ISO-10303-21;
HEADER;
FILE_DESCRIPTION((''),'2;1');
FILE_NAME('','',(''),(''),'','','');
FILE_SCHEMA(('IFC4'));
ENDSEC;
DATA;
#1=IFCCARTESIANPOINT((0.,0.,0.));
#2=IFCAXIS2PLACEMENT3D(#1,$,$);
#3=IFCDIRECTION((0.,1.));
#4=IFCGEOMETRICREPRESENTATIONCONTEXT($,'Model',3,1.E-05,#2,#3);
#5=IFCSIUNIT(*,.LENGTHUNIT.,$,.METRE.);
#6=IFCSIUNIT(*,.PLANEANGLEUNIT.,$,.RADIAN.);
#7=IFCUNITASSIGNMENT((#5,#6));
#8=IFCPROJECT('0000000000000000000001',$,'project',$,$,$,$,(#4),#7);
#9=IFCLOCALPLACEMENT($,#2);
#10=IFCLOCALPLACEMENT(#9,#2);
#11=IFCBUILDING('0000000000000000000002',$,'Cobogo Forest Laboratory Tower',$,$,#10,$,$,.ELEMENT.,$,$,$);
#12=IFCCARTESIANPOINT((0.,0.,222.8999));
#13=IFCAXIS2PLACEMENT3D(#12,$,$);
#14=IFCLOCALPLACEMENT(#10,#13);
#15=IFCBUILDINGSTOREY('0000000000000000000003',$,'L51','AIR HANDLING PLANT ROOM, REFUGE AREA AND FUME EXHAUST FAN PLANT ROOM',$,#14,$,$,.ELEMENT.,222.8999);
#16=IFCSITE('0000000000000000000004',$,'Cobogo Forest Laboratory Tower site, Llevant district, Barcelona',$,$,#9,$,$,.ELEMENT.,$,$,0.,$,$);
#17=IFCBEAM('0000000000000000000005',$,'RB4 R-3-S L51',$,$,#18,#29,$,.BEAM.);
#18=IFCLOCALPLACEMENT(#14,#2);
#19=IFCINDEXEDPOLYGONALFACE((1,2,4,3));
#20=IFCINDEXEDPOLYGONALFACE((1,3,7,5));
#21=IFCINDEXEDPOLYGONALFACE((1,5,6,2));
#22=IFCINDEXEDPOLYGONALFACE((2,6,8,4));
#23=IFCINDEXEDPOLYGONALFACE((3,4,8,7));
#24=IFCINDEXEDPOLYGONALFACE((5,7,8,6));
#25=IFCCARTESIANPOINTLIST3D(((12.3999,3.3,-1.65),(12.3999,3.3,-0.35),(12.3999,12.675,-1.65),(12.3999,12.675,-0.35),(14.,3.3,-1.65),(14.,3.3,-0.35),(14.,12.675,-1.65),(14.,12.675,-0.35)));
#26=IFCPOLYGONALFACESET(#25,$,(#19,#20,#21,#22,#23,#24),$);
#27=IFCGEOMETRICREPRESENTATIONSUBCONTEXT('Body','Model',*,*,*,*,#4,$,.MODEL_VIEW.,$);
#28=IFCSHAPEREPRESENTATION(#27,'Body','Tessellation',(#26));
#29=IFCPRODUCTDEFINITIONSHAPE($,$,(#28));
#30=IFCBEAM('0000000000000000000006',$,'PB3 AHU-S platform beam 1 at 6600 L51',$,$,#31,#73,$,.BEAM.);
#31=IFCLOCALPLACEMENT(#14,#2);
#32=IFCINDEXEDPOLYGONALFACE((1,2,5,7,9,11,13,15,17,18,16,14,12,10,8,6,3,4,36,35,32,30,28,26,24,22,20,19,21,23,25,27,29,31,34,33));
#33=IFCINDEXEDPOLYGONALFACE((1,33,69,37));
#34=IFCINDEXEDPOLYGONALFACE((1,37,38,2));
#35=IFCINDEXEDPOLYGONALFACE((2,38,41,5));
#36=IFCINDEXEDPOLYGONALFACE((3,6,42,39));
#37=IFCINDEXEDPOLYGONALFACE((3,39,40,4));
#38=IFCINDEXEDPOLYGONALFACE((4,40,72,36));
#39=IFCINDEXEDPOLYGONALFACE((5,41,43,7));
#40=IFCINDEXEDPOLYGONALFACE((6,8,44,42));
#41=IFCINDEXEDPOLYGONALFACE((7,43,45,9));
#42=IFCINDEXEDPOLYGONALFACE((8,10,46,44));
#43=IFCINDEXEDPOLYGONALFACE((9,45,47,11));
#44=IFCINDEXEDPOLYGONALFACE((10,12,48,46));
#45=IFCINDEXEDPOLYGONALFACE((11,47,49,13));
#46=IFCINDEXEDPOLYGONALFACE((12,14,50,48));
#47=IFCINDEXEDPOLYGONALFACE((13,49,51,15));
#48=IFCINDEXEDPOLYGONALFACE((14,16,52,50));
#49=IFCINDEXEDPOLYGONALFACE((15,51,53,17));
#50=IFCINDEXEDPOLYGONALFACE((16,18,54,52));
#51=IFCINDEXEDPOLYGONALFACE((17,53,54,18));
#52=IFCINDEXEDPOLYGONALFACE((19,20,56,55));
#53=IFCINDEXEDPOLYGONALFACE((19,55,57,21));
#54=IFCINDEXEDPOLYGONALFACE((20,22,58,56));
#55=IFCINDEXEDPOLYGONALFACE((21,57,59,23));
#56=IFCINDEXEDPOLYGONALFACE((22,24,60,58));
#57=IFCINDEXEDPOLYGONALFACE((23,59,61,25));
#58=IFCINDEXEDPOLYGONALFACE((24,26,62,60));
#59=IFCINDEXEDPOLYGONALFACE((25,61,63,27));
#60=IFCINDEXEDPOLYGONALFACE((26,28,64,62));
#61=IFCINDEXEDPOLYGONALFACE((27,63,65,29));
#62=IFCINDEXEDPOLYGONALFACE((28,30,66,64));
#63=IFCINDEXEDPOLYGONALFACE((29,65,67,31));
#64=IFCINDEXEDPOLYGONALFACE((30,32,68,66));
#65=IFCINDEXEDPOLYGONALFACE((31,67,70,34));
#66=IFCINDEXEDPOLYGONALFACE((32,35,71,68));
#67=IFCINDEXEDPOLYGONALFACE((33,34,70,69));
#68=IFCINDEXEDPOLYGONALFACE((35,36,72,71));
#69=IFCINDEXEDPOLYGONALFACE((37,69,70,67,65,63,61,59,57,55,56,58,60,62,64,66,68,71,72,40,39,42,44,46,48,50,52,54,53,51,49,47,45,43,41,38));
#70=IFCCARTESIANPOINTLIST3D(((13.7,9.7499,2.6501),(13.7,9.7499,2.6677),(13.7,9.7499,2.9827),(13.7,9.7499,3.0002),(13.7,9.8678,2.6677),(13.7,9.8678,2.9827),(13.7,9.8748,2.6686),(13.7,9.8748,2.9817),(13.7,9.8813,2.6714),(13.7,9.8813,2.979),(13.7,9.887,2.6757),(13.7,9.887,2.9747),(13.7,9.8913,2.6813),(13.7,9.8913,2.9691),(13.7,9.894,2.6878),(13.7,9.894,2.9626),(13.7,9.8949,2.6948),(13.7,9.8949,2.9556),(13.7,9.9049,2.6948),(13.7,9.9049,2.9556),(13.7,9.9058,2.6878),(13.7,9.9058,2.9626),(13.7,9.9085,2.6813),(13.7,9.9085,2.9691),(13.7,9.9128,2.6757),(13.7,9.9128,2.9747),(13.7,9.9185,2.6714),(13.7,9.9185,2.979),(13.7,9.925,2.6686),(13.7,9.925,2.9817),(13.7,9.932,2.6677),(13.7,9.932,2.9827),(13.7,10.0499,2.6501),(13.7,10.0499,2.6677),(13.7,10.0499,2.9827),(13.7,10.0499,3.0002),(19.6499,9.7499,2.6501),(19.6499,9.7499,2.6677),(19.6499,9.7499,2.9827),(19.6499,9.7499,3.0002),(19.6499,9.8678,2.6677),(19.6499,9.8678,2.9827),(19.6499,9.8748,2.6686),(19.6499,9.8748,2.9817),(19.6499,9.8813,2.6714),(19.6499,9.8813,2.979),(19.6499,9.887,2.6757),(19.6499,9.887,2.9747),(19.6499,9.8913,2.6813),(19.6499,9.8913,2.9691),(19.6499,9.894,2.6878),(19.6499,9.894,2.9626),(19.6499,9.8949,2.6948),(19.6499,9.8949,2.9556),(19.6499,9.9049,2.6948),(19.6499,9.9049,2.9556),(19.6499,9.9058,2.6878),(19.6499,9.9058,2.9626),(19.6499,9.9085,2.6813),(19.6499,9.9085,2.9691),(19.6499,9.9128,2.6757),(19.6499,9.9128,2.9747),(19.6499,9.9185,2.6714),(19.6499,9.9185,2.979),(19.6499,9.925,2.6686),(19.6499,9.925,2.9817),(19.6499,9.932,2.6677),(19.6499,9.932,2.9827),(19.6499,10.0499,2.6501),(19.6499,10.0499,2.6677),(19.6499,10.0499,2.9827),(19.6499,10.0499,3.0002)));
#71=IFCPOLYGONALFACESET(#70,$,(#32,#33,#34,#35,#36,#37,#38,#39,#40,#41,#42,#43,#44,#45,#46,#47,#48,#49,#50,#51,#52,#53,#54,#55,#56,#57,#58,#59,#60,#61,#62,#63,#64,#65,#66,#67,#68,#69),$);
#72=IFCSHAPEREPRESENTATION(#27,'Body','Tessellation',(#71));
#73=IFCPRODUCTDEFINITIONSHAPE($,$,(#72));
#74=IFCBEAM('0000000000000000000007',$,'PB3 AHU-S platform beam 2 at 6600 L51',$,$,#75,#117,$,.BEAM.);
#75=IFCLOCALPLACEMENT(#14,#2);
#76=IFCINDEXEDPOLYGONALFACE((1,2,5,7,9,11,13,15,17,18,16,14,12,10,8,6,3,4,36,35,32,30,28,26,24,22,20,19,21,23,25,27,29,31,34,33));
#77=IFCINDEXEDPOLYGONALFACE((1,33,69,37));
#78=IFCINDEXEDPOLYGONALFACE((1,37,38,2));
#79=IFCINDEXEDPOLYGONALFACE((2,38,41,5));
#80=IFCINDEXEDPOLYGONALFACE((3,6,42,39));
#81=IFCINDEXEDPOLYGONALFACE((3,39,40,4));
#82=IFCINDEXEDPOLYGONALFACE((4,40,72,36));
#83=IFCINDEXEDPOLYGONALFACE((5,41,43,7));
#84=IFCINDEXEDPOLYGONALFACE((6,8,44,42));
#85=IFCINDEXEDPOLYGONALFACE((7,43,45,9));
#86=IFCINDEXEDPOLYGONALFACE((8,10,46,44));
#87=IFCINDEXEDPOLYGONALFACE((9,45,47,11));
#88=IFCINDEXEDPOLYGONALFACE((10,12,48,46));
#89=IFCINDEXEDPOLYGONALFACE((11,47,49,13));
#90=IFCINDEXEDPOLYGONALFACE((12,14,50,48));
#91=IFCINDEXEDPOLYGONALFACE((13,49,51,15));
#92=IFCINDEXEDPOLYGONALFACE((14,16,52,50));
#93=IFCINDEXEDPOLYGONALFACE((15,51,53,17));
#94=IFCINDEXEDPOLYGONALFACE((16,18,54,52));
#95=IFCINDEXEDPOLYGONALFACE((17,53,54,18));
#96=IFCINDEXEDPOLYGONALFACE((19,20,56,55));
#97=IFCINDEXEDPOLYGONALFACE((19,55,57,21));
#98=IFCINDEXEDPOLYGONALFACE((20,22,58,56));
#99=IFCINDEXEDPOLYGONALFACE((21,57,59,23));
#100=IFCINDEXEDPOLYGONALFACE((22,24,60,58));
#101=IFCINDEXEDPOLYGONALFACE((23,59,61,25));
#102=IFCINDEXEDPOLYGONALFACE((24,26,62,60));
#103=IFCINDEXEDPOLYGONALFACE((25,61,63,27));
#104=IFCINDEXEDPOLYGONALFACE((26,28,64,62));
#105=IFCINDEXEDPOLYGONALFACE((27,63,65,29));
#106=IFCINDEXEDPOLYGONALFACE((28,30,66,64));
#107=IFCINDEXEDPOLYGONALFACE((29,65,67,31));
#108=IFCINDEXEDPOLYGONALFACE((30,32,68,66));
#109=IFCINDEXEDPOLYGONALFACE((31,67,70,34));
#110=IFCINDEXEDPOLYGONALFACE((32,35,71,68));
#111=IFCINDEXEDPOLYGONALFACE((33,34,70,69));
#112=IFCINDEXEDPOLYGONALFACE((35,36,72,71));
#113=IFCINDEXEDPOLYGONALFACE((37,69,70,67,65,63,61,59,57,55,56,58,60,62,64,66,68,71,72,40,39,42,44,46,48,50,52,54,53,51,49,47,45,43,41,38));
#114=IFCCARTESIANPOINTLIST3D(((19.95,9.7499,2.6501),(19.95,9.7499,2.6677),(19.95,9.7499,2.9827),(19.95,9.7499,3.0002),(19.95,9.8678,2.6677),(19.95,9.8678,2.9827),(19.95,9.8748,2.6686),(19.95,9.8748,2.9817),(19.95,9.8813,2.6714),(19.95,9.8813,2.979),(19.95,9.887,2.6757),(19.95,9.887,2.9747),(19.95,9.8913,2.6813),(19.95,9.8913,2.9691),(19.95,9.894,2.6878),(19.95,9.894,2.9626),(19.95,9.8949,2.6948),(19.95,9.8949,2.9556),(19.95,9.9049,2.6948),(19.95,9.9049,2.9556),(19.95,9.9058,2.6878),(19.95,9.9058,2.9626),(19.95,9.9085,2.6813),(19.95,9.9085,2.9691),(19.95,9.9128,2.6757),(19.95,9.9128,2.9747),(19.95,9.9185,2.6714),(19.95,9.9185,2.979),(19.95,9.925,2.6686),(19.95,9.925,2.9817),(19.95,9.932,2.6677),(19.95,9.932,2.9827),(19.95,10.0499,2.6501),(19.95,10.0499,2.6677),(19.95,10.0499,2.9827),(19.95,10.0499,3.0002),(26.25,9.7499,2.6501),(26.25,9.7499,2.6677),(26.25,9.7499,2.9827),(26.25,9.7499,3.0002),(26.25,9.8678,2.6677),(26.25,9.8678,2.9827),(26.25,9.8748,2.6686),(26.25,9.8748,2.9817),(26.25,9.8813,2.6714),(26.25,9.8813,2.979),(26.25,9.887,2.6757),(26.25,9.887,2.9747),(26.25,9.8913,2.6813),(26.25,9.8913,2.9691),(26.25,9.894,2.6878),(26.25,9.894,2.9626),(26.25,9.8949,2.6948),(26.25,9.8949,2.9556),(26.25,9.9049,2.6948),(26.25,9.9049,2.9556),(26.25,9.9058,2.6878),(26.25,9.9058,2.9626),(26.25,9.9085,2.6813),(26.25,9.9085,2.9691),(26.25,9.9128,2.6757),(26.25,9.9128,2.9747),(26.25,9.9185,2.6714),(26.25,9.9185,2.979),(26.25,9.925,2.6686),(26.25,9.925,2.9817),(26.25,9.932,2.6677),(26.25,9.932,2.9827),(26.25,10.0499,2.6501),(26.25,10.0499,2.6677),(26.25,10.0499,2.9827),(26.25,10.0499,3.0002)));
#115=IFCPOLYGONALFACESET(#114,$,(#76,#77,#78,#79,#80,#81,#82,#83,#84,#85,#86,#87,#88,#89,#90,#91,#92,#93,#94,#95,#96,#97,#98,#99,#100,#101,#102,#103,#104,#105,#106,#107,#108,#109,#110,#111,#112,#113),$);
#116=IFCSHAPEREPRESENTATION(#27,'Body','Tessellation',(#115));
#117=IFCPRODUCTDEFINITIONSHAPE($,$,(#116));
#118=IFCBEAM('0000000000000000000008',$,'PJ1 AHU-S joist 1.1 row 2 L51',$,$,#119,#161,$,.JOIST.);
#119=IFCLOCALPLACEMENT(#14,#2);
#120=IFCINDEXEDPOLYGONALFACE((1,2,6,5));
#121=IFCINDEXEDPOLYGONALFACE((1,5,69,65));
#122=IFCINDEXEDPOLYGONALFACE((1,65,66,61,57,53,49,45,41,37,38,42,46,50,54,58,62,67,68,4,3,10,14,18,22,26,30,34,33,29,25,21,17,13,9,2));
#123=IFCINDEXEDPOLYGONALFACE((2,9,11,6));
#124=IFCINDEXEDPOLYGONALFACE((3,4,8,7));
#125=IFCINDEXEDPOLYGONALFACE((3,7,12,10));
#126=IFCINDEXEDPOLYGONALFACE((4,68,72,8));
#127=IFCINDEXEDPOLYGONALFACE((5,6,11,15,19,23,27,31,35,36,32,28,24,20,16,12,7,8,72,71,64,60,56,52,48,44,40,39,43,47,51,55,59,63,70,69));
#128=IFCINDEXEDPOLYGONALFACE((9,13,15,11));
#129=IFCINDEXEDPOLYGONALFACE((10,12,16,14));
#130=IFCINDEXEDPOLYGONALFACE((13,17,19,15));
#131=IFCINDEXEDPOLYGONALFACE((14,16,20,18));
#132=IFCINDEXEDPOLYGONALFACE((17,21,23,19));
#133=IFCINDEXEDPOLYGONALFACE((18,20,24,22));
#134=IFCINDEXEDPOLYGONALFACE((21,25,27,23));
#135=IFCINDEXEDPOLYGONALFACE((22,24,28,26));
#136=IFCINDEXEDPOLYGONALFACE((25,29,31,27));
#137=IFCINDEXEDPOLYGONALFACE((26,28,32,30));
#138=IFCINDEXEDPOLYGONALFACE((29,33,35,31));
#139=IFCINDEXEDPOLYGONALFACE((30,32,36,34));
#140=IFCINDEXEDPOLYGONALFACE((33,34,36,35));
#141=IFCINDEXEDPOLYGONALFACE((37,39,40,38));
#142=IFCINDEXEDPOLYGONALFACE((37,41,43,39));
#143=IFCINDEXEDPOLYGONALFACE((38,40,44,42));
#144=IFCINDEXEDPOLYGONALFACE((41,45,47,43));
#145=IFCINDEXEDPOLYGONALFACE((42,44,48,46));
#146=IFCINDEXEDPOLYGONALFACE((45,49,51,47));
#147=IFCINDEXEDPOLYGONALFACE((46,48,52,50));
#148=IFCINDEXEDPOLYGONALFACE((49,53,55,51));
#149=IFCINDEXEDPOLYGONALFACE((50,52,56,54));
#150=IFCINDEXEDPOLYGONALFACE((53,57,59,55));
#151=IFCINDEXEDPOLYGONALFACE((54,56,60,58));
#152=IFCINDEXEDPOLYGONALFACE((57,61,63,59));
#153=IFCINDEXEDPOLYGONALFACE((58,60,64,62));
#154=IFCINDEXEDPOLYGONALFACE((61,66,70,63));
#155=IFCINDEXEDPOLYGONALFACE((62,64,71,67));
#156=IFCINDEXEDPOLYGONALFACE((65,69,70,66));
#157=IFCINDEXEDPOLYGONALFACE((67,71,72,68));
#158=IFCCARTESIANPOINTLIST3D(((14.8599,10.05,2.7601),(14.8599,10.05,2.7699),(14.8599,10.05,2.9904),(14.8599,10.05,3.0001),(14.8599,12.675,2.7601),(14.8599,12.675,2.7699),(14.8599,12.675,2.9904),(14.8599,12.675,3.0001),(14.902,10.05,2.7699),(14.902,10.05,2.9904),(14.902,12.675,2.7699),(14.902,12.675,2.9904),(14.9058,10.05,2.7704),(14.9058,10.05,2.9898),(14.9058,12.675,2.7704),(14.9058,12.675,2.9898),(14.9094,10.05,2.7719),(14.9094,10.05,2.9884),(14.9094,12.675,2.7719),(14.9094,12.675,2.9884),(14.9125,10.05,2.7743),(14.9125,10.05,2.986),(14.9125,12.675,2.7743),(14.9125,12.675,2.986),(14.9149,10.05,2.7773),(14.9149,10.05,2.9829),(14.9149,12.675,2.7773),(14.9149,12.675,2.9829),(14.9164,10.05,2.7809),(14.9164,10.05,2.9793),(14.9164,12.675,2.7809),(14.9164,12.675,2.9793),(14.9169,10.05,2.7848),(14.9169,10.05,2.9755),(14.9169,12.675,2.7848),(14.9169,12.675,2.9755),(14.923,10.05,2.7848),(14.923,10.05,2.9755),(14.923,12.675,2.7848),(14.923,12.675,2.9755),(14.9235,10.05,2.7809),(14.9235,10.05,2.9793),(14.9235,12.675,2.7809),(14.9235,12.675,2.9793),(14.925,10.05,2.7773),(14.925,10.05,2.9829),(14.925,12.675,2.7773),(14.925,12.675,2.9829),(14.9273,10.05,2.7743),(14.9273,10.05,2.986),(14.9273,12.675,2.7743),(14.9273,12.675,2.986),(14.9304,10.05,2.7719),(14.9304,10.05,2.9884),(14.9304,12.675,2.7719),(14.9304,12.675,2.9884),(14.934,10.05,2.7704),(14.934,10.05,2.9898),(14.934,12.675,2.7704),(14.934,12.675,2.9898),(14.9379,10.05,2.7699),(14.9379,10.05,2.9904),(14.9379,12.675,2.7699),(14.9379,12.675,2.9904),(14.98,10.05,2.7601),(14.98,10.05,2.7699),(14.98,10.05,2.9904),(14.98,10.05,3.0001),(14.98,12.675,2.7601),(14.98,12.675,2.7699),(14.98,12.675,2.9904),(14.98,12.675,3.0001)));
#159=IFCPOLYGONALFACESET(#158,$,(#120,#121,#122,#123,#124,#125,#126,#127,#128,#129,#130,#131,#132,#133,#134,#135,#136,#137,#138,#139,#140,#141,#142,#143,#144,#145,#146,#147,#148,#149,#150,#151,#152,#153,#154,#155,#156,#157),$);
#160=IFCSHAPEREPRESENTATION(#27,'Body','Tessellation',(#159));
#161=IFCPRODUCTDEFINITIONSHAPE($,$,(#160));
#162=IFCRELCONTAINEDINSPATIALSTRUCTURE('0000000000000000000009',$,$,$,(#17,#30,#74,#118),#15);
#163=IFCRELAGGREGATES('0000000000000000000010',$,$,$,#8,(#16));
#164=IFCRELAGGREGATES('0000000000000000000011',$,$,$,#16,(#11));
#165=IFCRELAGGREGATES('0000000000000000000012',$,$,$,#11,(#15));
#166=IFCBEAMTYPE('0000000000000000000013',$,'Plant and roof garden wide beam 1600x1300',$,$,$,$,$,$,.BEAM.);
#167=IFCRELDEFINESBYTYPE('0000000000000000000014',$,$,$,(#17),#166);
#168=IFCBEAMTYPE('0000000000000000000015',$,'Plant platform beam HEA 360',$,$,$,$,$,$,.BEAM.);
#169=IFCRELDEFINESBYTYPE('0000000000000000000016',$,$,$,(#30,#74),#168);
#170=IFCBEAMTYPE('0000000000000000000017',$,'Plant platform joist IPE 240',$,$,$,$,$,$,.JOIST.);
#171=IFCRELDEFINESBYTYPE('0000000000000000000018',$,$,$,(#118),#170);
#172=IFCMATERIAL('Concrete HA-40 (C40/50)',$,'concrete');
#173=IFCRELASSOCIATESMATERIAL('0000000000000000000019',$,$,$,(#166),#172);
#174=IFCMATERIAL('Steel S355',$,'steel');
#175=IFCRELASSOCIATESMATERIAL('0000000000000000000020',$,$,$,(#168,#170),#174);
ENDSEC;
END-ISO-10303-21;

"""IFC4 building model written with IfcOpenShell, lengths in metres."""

from ifc_helpers import new_model, si_unit, direction, frame, origin, origin_2d, place, context, subcontext, project, spatial, rectangle, i_section, extrude, material, material_profile, profile_set, type_object, element, save


model = new_model("IFC4")

# Units and contexts
model_context = context("Model", 3, precision=1e-05, world=origin(), true_north=direction((0.0, 1.0)))
body_context = subcontext(model_context, "Body", "Model", "MODEL_VIEW")
ifc_project = project(units=[si_unit("LENGTHUNIT", "METRE"), si_unit("PLANEANGLEUNIT", "RADIAN")], contexts=[model_context])

# Site, building, storey
site_placement = place(None, origin())
site = spatial("IfcSite", under=ifc_project, at=site_placement, Name="Cobogo Forest Laboratory Tower site, Llevant district, Barcelona", CompositionType="ELEMENT", RefElevation=0.0)
building_placement = place(site_placement, origin())
building = spatial("IfcBuilding", under=site, at=building_placement, Name="Cobogo Forest Laboratory Tower", CompositionType="ELEMENT")
storey_placement = place(building_placement, frame((0.0, 0.0, 222.8999)))
storey = spatial("IfcBuildingStorey", under=building, at=storey_placement, Name="L51", Description="AIR HANDLING PLANT ROOM, REFUGE AREA AND FUME EXHAUST FAN PLANT ROOM", CompositionType="ELEMENT", Elevation=222.8999)

# Beams
ifc_material_1 = material(Name="Concrete HA-40 (C40/50)", Category="concrete")
ifc_material_profile_1 = material_profile(ifc_material_1, rectangle(XDim=1.6001, YDim=1.3, at=origin_2d()), Name="RC 1600x1300")
ifc_profile_set_1 = profile_set([ifc_material_profile_1], Name="Concrete HA-40 (C40/50)")
beam_type_1 = type_object("IfcBeamType", Name="Plant and roof garden wide beam 1600x1300", PredefinedType="BEAM", material=ifc_profile_set_1)
beam_1_placement = place(storey_placement, frame((13.2, 12.675, -1.0), z_axis=(0.0, -1.0, 0.0), x_axis=(1.0, 0.0, 0.0)))
element("IfcBeam", 1, at=beam_1_placement, inside=storey, type_object=beam_type_1, Name="RB4 R-3-S L51", PredefinedType="BEAM", context=body_context, shape_type="SweptSolid", body=[
    extrude(rectangle(XDim=1.6001, YDim=1.3, at=origin_2d()), origin(), (0.0, 0.0, 1.0), 9.375),
])
ifc_material_2 = material(Name="Steel S355", Category="steel")
ifc_material_profile_2 = material_profile(ifc_material_2, i_section(OverallWidth=0.3, OverallDepth=0.3501, WebThickness=0.01, FlangeThickness=0.0176, FilletRadius=0.0271, at=origin_2d()), Name="HEA 360")
ifc_profile_set_2 = profile_set([ifc_material_profile_2], Name="Steel S355")
beam_type_2 = type_object("IfcBeamType", Name="Plant platform beam HEA 360", PredefinedType="BEAM", material=ifc_profile_set_2)
beam_2_placement = place(storey_placement, frame((13.7, 9.8999, 2.8252), z_axis=(1.0, 0.0, 0.0), x_axis=(0.0, 1.0, 0.0)))
element("IfcBeam", 2, at=beam_2_placement, inside=storey, type_object=beam_type_2, Name="PB3 AHU-S platform beam 1 at 6600 L51", PredefinedType="BEAM", context=body_context, shape_type="SweptSolid", body=[
    extrude(i_section(OverallWidth=0.3, OverallDepth=0.3501, WebThickness=0.01, FlangeThickness=0.0176, FilletRadius=0.0271, at=origin_2d()), origin(), (0.0, 0.0, 1.0), 5.95),
])
beam_3_placement = place(storey_placement, frame((19.95, 9.8999, 2.8252), z_axis=(1.0, 0.0, 0.0), x_axis=(0.0, 1.0, 0.0)))
element("IfcBeam", 3, at=beam_3_placement, inside=storey, type_object=beam_type_2, Name="PB3 AHU-S platform beam 2 at 6600 L51", PredefinedType="BEAM", context=body_context, shape_type="SweptSolid", body=[
    extrude(i_section(OverallWidth=0.3, OverallDepth=0.3501, WebThickness=0.01, FlangeThickness=0.0176, FilletRadius=0.0271, at=origin_2d()), origin(), (0.0, 0.0, 1.0), 6.3),
])
ifc_material_profile_3 = material_profile(ifc_material_2, i_section(OverallWidth=0.1201, OverallDepth=0.24, WebThickness=0.0061, FlangeThickness=0.0098, FilletRadius=0.0149, at=origin_2d()), Name="IPE 240")
ifc_profile_set_3 = profile_set([ifc_material_profile_3], Name="Steel S355")
beam_type_3 = type_object("IfcBeamType", Name="Plant platform joist IPE 240", PredefinedType="JOIST", material=ifc_profile_set_3)
beam_4_placement = place(storey_placement, frame((14.9199, 10.05, 2.8801), z_axis=(0.0, 1.0, 0.0), x_axis=(-1.0, 0.0, 0.0)))
element("IfcBeam", 4, at=beam_4_placement, inside=storey, type_object=beam_type_3, Name="PJ1 AHU-S joist 1.1 row 2 L51", PredefinedType="JOIST", context=body_context, shape_type="SweptSolid", body=[
    extrude(i_section(OverallWidth=0.1201, OverallDepth=0.24, WebThickness=0.0061, FlangeThickness=0.0098, FilletRadius=0.0149, at=origin_2d()), origin(), (0.0, 0.0, 1.0), 2.625),
])

save(model, "model.ifc")
